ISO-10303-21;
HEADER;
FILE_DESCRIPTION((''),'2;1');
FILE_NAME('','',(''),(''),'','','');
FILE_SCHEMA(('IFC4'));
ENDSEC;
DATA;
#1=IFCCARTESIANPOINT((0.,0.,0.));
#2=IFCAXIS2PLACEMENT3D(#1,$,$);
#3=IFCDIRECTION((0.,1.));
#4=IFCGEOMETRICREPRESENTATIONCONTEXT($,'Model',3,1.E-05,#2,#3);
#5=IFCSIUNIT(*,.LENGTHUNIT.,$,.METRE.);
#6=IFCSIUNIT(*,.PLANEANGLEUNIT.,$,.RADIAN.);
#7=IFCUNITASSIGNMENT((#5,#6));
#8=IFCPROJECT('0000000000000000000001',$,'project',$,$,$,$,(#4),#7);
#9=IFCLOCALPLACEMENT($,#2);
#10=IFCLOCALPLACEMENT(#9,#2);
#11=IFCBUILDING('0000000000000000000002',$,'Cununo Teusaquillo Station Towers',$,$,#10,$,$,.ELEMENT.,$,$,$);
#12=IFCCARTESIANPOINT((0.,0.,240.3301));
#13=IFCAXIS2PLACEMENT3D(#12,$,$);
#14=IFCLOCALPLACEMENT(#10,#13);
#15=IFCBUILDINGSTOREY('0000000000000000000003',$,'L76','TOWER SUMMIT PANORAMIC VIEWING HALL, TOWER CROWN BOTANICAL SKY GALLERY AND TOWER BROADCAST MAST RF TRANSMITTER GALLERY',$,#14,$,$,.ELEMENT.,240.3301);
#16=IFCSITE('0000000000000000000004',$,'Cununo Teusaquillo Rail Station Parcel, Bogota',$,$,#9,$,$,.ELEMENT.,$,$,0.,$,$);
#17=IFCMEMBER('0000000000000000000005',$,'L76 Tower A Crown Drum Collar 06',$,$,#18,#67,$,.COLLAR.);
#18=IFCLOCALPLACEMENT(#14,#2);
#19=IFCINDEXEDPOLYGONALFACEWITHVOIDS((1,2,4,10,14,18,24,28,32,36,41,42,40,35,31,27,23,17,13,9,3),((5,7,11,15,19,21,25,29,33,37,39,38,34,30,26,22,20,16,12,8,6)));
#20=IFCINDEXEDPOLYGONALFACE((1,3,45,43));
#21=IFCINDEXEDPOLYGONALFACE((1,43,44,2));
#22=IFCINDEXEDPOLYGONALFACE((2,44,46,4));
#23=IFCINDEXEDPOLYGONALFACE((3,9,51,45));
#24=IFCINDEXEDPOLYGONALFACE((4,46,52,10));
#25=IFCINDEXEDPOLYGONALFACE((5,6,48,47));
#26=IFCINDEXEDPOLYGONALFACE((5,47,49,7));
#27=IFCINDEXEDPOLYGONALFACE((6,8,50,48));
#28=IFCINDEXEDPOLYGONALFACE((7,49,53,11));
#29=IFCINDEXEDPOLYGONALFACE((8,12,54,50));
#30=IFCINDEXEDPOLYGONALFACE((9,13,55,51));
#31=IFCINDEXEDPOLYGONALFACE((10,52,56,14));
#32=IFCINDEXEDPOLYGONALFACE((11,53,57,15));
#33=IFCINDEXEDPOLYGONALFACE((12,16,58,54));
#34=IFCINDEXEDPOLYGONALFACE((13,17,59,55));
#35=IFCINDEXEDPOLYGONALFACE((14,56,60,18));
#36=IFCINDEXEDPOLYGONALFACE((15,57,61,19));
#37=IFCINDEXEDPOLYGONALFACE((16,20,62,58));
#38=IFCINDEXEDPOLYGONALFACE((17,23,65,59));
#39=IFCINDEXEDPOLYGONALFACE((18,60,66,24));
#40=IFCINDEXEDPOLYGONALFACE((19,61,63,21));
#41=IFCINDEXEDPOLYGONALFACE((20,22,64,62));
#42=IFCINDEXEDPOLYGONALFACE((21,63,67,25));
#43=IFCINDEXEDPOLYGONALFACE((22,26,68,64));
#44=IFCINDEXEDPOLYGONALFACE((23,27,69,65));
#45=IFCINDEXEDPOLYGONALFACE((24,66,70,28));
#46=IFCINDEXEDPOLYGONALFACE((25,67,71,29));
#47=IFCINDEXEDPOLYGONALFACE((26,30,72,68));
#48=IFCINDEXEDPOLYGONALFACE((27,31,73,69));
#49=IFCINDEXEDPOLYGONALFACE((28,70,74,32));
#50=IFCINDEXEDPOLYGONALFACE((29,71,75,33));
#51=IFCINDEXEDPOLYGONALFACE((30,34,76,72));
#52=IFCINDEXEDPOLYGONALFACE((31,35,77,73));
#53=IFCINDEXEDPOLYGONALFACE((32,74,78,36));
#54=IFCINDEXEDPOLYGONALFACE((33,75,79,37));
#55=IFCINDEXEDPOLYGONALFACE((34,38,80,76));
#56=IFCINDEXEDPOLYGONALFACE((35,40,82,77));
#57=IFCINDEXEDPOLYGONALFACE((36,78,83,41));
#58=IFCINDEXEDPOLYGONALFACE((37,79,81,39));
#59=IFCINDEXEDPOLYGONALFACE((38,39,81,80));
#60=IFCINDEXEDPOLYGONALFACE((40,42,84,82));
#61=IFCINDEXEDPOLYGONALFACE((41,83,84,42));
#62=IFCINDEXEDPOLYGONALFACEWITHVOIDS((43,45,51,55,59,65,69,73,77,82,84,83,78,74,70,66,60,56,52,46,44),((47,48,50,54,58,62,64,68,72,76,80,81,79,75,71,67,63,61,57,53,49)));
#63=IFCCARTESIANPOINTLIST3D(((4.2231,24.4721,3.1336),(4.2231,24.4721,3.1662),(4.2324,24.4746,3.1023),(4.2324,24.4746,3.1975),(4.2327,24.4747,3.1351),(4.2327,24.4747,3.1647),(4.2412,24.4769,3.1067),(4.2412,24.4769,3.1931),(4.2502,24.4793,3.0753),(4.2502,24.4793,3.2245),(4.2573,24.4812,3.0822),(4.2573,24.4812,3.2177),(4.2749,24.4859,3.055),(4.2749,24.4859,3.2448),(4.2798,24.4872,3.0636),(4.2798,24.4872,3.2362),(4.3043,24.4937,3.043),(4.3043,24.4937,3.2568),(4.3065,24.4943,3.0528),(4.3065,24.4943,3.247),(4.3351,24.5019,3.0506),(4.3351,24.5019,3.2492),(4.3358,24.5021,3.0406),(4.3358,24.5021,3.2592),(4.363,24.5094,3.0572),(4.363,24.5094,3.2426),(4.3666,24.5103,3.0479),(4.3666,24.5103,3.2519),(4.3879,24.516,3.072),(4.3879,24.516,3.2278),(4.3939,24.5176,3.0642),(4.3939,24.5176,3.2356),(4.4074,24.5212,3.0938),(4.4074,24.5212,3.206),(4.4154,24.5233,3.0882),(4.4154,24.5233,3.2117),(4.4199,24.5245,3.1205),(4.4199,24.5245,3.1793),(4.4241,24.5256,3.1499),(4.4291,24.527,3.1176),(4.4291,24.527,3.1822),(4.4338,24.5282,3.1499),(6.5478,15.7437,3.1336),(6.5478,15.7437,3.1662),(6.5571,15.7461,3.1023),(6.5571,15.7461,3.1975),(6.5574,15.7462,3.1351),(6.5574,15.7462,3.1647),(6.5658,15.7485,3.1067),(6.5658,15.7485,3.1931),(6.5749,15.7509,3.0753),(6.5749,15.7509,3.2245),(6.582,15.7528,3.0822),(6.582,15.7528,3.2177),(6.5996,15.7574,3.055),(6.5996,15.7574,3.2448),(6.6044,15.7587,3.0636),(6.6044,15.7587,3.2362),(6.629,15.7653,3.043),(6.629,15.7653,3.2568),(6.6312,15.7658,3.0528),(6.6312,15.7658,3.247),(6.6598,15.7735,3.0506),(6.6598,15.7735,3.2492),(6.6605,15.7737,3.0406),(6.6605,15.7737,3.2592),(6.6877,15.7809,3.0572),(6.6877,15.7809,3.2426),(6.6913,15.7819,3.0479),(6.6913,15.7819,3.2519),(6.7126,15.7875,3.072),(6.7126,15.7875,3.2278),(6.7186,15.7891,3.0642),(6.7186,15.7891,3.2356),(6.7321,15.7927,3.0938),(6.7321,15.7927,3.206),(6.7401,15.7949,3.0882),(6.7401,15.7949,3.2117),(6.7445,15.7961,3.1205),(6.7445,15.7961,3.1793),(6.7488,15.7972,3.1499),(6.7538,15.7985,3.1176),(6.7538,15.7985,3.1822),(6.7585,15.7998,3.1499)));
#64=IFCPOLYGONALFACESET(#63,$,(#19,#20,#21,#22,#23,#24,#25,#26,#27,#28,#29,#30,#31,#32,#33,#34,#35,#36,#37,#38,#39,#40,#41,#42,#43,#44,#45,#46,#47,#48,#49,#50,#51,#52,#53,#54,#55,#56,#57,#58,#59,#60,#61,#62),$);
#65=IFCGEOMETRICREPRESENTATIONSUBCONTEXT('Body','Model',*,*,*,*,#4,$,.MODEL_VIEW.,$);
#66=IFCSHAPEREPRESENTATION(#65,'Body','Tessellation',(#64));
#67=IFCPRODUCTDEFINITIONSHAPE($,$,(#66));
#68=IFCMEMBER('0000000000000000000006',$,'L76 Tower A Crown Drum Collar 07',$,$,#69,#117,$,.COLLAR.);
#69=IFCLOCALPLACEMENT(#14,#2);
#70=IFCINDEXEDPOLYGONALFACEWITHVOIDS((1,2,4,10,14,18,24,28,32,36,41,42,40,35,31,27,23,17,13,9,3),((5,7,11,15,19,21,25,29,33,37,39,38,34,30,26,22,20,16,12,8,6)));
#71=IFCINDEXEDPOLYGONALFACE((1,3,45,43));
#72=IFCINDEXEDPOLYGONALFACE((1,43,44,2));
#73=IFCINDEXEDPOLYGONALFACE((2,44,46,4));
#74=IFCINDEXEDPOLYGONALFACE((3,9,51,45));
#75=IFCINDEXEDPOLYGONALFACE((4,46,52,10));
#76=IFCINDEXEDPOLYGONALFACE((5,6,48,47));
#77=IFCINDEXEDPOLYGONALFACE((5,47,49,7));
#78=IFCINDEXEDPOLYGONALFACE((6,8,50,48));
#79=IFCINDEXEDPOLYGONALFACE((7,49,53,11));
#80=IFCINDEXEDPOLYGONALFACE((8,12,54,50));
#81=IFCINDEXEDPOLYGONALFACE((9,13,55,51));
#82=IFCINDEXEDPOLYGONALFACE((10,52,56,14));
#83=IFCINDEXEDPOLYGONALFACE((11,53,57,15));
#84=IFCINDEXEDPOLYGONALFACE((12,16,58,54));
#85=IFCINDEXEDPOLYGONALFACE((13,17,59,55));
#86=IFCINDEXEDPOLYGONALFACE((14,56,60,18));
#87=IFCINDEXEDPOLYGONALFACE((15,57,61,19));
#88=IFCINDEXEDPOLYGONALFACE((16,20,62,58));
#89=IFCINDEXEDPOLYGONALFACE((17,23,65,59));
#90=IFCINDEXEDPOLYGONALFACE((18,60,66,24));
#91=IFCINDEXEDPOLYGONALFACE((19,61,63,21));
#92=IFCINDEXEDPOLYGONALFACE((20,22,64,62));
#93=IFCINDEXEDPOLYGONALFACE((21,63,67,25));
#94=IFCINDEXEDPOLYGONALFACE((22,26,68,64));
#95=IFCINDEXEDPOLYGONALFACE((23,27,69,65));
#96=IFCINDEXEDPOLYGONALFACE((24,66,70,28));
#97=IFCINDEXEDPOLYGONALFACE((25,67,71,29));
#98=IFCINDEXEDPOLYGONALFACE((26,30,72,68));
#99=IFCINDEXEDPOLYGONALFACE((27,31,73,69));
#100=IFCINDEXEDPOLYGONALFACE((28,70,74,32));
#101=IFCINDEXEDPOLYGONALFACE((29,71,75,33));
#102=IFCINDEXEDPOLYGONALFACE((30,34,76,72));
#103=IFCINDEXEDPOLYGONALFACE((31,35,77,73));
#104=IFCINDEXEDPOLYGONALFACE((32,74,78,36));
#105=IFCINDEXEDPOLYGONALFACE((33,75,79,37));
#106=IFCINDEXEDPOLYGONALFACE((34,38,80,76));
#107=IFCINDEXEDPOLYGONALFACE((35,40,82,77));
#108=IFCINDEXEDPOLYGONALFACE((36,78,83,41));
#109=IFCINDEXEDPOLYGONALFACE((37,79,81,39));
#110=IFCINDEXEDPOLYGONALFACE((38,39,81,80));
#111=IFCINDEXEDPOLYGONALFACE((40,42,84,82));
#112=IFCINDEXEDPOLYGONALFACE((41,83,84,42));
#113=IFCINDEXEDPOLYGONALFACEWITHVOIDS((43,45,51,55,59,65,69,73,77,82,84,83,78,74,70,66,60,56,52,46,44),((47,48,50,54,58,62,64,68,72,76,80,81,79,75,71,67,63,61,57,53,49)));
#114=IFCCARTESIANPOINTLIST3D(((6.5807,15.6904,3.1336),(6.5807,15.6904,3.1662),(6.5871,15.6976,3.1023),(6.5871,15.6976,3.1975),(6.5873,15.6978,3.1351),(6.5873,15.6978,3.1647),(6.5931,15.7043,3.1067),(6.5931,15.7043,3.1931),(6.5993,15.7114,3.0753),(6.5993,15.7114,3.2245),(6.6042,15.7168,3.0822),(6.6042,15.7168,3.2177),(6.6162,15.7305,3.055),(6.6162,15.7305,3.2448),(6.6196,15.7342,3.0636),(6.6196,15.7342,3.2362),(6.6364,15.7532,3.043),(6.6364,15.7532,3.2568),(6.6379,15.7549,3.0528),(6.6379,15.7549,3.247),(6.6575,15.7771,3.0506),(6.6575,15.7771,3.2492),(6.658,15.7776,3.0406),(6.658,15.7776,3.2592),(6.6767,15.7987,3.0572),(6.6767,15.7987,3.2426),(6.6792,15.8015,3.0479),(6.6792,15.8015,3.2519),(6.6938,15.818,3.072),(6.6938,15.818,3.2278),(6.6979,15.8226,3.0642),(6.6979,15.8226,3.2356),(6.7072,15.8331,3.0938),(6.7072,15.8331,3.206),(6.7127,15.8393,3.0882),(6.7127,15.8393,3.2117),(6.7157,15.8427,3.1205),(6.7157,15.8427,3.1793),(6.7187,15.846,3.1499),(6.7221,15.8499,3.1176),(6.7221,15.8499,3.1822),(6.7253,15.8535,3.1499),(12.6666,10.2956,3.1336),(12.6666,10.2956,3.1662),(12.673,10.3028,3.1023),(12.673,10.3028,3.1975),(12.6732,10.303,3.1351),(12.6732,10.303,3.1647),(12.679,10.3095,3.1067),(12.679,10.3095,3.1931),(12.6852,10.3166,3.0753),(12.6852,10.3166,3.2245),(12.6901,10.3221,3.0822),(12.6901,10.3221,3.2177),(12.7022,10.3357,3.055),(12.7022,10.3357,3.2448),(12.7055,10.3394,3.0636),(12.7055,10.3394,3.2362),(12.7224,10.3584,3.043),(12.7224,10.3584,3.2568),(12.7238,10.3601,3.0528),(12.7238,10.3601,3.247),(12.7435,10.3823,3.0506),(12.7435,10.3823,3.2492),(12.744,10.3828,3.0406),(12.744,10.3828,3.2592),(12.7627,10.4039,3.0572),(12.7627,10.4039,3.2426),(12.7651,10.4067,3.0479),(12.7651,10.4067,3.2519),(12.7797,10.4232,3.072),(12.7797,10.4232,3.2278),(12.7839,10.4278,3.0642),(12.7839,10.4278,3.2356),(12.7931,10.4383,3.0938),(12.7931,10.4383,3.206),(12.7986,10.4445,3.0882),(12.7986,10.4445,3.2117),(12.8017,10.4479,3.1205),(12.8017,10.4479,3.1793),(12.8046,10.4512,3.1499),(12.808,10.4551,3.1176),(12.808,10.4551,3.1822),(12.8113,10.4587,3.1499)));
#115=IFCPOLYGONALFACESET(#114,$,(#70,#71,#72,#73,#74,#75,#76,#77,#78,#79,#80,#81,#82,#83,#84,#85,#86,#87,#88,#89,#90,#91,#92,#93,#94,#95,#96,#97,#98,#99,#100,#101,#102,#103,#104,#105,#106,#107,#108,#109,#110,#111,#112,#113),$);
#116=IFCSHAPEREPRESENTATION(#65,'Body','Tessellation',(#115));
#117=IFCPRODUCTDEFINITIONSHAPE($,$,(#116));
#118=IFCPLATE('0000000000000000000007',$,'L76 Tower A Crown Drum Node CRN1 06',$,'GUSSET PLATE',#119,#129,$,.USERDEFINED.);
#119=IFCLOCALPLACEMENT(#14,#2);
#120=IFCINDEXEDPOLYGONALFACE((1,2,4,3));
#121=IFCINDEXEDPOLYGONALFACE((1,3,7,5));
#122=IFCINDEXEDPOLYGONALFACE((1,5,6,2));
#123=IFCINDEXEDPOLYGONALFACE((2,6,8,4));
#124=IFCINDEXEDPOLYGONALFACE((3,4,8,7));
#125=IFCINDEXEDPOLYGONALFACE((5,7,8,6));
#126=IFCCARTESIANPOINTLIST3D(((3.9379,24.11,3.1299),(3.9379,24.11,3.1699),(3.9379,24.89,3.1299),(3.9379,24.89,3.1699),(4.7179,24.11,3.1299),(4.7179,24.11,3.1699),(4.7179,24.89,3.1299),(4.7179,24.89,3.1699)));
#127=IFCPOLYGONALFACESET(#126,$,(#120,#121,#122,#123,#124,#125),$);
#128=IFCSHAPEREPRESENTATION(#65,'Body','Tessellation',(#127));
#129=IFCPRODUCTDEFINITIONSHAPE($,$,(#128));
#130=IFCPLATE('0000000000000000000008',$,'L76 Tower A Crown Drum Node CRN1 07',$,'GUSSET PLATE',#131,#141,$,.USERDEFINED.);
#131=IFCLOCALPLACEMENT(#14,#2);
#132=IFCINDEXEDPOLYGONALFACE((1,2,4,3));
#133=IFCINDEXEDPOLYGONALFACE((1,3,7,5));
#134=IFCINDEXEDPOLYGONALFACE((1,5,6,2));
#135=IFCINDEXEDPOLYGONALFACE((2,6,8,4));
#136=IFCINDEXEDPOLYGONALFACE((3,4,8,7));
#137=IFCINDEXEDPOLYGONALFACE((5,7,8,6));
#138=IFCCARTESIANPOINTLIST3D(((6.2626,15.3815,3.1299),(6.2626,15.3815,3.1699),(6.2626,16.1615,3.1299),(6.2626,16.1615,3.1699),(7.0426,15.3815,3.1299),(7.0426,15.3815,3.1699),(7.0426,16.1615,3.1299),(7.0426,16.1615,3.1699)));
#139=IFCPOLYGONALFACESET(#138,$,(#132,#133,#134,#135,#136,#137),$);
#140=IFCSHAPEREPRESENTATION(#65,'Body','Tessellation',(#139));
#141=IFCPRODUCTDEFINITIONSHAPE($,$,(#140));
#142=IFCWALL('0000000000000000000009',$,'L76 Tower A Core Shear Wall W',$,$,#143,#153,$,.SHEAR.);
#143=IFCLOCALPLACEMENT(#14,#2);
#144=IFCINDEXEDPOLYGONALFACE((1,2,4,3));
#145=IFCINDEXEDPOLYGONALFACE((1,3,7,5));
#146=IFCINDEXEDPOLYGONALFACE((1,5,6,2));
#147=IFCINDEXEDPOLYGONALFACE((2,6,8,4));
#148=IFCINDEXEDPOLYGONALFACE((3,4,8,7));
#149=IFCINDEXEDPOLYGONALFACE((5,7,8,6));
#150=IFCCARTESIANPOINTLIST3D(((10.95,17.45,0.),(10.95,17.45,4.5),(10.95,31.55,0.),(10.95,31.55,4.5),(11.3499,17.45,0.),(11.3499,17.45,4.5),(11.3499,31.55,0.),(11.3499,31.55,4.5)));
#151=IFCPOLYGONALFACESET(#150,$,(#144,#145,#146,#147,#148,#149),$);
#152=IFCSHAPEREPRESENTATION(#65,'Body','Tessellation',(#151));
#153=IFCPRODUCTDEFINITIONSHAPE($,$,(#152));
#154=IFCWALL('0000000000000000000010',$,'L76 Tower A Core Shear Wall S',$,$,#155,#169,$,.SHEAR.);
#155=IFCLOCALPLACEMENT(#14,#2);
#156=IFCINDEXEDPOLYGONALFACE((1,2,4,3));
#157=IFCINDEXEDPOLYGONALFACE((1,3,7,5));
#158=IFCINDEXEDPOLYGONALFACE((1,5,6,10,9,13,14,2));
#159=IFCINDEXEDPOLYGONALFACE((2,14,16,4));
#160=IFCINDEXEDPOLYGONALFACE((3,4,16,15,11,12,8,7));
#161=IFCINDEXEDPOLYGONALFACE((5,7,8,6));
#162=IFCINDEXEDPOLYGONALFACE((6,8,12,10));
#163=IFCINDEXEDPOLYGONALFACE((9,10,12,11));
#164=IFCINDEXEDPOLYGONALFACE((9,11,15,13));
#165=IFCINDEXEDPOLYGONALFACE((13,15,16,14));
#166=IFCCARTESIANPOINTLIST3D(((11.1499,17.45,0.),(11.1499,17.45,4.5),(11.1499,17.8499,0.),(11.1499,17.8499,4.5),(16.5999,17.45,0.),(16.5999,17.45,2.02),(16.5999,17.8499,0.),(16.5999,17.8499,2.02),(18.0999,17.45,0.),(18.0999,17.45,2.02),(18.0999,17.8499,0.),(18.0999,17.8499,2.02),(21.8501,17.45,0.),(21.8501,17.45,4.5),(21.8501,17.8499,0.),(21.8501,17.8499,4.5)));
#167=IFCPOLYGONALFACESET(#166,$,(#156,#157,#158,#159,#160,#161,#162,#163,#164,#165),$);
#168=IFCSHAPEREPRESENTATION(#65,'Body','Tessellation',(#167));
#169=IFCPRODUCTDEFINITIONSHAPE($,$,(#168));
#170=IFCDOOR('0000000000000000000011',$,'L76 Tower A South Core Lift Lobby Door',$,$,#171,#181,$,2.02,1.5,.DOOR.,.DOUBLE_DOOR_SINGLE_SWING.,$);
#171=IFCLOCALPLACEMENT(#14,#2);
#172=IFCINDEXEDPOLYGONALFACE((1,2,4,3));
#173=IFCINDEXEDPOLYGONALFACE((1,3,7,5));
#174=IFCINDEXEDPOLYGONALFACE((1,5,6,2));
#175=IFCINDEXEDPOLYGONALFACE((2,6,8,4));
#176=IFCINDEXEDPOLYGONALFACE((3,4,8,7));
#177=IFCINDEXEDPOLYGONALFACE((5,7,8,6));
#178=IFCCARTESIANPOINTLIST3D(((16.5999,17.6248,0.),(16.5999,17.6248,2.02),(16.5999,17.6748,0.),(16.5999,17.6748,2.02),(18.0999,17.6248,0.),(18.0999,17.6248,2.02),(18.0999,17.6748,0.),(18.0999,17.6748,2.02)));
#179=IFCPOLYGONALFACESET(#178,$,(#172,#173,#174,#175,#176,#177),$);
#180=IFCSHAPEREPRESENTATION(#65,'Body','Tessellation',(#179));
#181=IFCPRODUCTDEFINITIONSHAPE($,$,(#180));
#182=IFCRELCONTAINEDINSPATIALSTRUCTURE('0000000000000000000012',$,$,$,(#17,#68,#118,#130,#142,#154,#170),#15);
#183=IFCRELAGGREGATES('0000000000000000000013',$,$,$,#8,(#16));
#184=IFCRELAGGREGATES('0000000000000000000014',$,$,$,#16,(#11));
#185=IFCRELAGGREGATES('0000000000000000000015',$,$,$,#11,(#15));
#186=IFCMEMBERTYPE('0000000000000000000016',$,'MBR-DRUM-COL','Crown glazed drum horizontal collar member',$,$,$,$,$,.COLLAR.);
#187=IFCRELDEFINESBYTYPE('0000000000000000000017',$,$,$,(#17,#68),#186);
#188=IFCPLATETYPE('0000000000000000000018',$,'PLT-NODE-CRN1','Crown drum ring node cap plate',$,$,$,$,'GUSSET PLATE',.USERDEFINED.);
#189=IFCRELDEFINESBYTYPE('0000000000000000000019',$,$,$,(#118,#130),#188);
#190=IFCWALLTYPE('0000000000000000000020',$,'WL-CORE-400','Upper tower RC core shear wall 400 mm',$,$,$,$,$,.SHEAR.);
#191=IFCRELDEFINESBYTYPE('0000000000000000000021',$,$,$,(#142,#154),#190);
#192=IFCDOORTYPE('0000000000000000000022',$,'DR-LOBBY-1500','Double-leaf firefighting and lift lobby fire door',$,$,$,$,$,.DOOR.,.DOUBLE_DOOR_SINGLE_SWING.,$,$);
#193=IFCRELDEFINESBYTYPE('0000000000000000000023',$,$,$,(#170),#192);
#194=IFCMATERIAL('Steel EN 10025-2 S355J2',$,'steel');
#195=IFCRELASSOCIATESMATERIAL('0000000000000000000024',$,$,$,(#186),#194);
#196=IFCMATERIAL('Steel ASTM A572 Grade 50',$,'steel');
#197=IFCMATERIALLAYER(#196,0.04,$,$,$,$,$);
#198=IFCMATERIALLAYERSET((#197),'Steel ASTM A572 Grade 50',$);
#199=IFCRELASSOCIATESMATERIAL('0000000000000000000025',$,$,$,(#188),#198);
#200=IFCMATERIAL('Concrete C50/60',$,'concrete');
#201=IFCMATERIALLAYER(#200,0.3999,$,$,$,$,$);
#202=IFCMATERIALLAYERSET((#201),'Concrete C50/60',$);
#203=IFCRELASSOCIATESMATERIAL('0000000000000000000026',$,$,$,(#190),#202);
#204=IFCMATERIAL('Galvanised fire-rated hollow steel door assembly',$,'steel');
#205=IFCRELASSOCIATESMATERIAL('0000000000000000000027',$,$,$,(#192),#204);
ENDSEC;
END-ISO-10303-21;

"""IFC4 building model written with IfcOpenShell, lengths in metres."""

from ifc_helpers import new_model, si_unit, direction, frame, frame_2d, origin, origin_2d, place, context, subcontext, project, spatial, rectangle, hollow_circle, extrude, source, transform, mapped, material, layer, layer_set, material_profile, profile_set, type_object, element, fill, save


model = new_model("IFC4")

# Units and contexts
model_context = context("Model", 3, precision=1e-05, world=origin(), true_north=direction((0.0, 1.0)))
body_context = subcontext(model_context, "Body", "Model", "MODEL_VIEW")
ifc_project = project(units=[si_unit("LENGTHUNIT", "METRE"), si_unit("PLANEANGLEUNIT", "RADIAN")], contexts=[model_context])

# Site, building, storey
site_placement = place(None, origin())
site = spatial("IfcSite", under=ifc_project, at=site_placement, Name="Cununo Teusaquillo Rail Station Parcel, Bogota", CompositionType="ELEMENT", RefElevation=0.0)
building_placement = place(site_placement, origin())
building = spatial("IfcBuilding", under=site, at=building_placement, Name="Cununo Teusaquillo Station Towers", CompositionType="ELEMENT")
storey_placement = place(building_placement, frame((0.0, 0.0, 240.3301)))
storey = spatial("IfcBuildingStorey", under=building, at=storey_placement, Name="L76", Description="TOWER SUMMIT PANORAMIC VIEWING HALL, TOWER CROWN BOTANICAL SKY GALLERY AND TOWER BROADCAST MAST RF TRANSMITTER GALLERY", CompositionType="ELEMENT", Elevation=240.3301)

# Members
ifc_material_1 = material(Name="Steel EN 10025-2 S355J2", Category="steel")
ifc_material_profile_1 = material_profile(ifc_material_1, hollow_circle(Radius=0.1096, WallThickness=0.01, at=origin_2d()), Name="CHS 219x10")
ifc_profile_set_1 = profile_set([ifc_material_profile_1], Name="Steel EN 10025-2 S355J2")
member_type = type_object("IfcMemberType", Name="MBR-DRUM-COL", Description="Crown glazed drum horizontal collar member", PredefinedType="COLLAR", material=ifc_profile_set_1)
member_1_placement = place(storey_placement, frame((4.3279, 24.5, 3.1499), z_axis=(0.257363, -0.966315, 0.0), x_axis=(0.966315, 0.257363, 0.0)))
element("IfcMember", 1, at=member_1_placement, inside=storey, type_object=member_type, Name="L76 Tower A Crown Drum Collar 06", PredefinedType="COLLAR", context=body_context, shape_type="SweptSolid", body=[
    extrude(hollow_circle(Radius=0.1096, WallThickness=0.01, at=origin_2d()), origin(), (0.0, 0.0, 1.0), 9.0327),
])
member_2_placement = place(storey_placement, frame((6.6526, 15.7715, 3.1499), z_axis=(0.748321, -0.663337, 0.0), x_axis=(0.663337, 0.748321, 0.0)))
element("IfcMember", 2, at=member_2_placement, inside=storey, type_object=member_type, Name="L76 Tower A Crown Drum Collar 07", PredefinedType="COLLAR", context=body_context, shape_type="SweptSolid", body=[
    extrude(hollow_circle(Radius=0.1096, WallThickness=0.01, at=origin_2d()), origin(), (0.0, 0.0, 1.0), 8.1328),
])

# Plates
ifc_material_2 = material(Name="Steel ASTM A572 Grade 50", Category="steel")
ifc_layer_1 = layer(ifc_material_2, 0.04)
ifc_layer_set_1 = layer_set([ifc_layer_1], Name="Steel ASTM A572 Grade 50")
plate_type = type_object("IfcPlateType", Name="PLT-NODE-CRN1", Description="Crown drum ring node cap plate", ElementType="GUSSET PLATE", PredefinedType="USERDEFINED", material=ifc_layer_set_1)
shared_shape_1 = source(origin(), body_context, "Body", "SweptSolid", [
    extrude(rectangle(XDim=0.78, YDim=0.78, at=origin_2d()), origin(), (0.0, 0.0, 1.0), 0.04),
])
for number, where, z_axis, x_axis, name in (
    (3, (4.3279, 24.5, 3.1299), (0.0, 0.0, 1.0), (1.0, 0.0, 0.0), "L76 Tower A Crown Drum Node CRN1 06"),
    (4, (6.6526, 15.7715, 3.1299), (0.0, 0.0, 1.0), (1.0, 0.0, 0.0), "L76 Tower A Crown Drum Node CRN1 07"),
):
    element("IfcPlate", number, at=place(storey_placement, frame(where, z_axis=z_axis, x_axis=x_axis)), inside=storey, type_object=plate_type, Name=name, ObjectType="GUSSET PLATE", PredefinedType="USERDEFINED", context=body_context, shape_type="MappedRepresentation", body=[
        mapped(shared_shape_1, transform((0.0, 0.0, 0.0), x_axis=(1.0, 0.0, 0.0), y_axis=(0.0, 1.0, 0.0), z_axis=(0.0, 0.0, 1.0), scale=1.0)),
    ])

# Wall
ifc_material_3 = material(Name="Concrete C50/60", Category="concrete")
ifc_layer_2 = layer(ifc_material_3, 0.3999)
ifc_layer_set_2 = layer_set([ifc_layer_2], Name="Concrete C50/60")
wall_type_1 = type_object("IfcWallType", Name="WL-CORE-400", Description="Upper tower RC core shear wall 400 mm", PredefinedType="SHEAR", material=ifc_layer_set_2)
wall_1_placement = place(storey_placement, frame((11.1499, 17.45, 0.0), z_axis=(0.0, 0.0, 1.0), x_axis=(0.0, 1.0, 0.0)))
element("IfcWall", 5, at=wall_1_placement, inside=storey, type_object=wall_type_1, Name="L76 Tower A Core Shear Wall W", PredefinedType="SHEAR", context=body_context, shape_type="SweptSolid", body=[
    extrude(rectangle(XDim=14.1001, YDim=0.3999, at=frame_2d((7.05, 0.0))), origin(), (0.0, 0.0, 1.0), 4.5),
])

# Wall, opening, door
wall_2_placement = place(storey_placement, frame((11.1499, 17.6499, 0.0), z_axis=(0.0, 0.0, 1.0), x_axis=(1.0, 0.0, 0.0)))
wall_2 = element("IfcWall", 6, at=wall_2_placement, inside=storey, type_object=wall_type_1, Name="L76 Tower A Core Shear Wall S", PredefinedType="SHEAR", context=body_context, shape_type="SweptSolid", body=[
    extrude(rectangle(XDim=10.7002, YDim=0.3999, at=frame_2d((5.3501, 0.0))), origin(), (0.0, 0.0, 1.0), 4.5),
])
shared_shape_2 = source(origin(), body_context, "Body", "SweptSolid", [
    extrude(rectangle(XDim=1.5, YDim=2.02, at=frame_2d((0.75, 1.01))), frame((0.0, 0.21, 0.0), z_axis=(0.0, -1.0, 0.0), x_axis=(1.0, 0.0, 0.0)), (0.0, 0.0, 1.0), 0.4199),
])
opening_1_placement = place(wall_2_placement, frame((5.45, 0.0, 0.0)))
opening_1 = element("IfcOpeningElement", 7, at=opening_1_placement, cuts=wall_2, PredefinedType="OPENING", context=body_context, shape_type="MappedRepresentation", body=[
    mapped(shared_shape_2, transform((0.0, 0.0, 0.0), x_axis=(1.0, 0.0, 0.0), y_axis=(0.0, 1.0, 0.0), z_axis=(0.0, 0.0, 1.0), scale=1.0)),
])
ifc_material_4 = material(Name="Galvanised fire-rated hollow steel door assembly", Category="steel")
door_type_1 = type_object("IfcDoorType", Name="DR-LOBBY-1500", Description="Double-leaf firefighting and lift lobby fire door", OperationType="DOUBLE_DOOR_SINGLE_SWING", PredefinedType="DOOR", material=ifc_material_4)
shared_shape_3 = source(origin(), body_context, "Body", "SweptSolid", [
    extrude(rectangle(XDim=1.5, YDim=2.02, at=frame_2d((0.75, 1.01))), frame((0.0, 0.0249, 0.0), z_axis=(0.0, -1.0, 0.0), x_axis=(1.0, 0.0, 0.0)), (0.0, 0.0, 1.0), 0.05),
])
door_1_placement = place(opening_1_placement, origin())
door_1 = element("IfcDoor", 8, at=door_1_placement, inside=storey, type_object=door_type_1, Name="L76 Tower A South Core Lift Lobby Door", OperationType="DOUBLE_DOOR_SINGLE_SWING", OverallHeight=2.02, OverallWidth=1.5, PredefinedType="DOOR", context=body_context, shape_type="MappedRepresentation", body=[
    mapped(shared_shape_3, transform((0.0, 0.0, 0.0), x_axis=(1.0, 0.0, 0.0), y_axis=(0.0, 1.0, 0.0), z_axis=(0.0, 0.0, 1.0), scale=1.0)),
])
fill(opening_1, door_1)

save(model, "model.ifc")
